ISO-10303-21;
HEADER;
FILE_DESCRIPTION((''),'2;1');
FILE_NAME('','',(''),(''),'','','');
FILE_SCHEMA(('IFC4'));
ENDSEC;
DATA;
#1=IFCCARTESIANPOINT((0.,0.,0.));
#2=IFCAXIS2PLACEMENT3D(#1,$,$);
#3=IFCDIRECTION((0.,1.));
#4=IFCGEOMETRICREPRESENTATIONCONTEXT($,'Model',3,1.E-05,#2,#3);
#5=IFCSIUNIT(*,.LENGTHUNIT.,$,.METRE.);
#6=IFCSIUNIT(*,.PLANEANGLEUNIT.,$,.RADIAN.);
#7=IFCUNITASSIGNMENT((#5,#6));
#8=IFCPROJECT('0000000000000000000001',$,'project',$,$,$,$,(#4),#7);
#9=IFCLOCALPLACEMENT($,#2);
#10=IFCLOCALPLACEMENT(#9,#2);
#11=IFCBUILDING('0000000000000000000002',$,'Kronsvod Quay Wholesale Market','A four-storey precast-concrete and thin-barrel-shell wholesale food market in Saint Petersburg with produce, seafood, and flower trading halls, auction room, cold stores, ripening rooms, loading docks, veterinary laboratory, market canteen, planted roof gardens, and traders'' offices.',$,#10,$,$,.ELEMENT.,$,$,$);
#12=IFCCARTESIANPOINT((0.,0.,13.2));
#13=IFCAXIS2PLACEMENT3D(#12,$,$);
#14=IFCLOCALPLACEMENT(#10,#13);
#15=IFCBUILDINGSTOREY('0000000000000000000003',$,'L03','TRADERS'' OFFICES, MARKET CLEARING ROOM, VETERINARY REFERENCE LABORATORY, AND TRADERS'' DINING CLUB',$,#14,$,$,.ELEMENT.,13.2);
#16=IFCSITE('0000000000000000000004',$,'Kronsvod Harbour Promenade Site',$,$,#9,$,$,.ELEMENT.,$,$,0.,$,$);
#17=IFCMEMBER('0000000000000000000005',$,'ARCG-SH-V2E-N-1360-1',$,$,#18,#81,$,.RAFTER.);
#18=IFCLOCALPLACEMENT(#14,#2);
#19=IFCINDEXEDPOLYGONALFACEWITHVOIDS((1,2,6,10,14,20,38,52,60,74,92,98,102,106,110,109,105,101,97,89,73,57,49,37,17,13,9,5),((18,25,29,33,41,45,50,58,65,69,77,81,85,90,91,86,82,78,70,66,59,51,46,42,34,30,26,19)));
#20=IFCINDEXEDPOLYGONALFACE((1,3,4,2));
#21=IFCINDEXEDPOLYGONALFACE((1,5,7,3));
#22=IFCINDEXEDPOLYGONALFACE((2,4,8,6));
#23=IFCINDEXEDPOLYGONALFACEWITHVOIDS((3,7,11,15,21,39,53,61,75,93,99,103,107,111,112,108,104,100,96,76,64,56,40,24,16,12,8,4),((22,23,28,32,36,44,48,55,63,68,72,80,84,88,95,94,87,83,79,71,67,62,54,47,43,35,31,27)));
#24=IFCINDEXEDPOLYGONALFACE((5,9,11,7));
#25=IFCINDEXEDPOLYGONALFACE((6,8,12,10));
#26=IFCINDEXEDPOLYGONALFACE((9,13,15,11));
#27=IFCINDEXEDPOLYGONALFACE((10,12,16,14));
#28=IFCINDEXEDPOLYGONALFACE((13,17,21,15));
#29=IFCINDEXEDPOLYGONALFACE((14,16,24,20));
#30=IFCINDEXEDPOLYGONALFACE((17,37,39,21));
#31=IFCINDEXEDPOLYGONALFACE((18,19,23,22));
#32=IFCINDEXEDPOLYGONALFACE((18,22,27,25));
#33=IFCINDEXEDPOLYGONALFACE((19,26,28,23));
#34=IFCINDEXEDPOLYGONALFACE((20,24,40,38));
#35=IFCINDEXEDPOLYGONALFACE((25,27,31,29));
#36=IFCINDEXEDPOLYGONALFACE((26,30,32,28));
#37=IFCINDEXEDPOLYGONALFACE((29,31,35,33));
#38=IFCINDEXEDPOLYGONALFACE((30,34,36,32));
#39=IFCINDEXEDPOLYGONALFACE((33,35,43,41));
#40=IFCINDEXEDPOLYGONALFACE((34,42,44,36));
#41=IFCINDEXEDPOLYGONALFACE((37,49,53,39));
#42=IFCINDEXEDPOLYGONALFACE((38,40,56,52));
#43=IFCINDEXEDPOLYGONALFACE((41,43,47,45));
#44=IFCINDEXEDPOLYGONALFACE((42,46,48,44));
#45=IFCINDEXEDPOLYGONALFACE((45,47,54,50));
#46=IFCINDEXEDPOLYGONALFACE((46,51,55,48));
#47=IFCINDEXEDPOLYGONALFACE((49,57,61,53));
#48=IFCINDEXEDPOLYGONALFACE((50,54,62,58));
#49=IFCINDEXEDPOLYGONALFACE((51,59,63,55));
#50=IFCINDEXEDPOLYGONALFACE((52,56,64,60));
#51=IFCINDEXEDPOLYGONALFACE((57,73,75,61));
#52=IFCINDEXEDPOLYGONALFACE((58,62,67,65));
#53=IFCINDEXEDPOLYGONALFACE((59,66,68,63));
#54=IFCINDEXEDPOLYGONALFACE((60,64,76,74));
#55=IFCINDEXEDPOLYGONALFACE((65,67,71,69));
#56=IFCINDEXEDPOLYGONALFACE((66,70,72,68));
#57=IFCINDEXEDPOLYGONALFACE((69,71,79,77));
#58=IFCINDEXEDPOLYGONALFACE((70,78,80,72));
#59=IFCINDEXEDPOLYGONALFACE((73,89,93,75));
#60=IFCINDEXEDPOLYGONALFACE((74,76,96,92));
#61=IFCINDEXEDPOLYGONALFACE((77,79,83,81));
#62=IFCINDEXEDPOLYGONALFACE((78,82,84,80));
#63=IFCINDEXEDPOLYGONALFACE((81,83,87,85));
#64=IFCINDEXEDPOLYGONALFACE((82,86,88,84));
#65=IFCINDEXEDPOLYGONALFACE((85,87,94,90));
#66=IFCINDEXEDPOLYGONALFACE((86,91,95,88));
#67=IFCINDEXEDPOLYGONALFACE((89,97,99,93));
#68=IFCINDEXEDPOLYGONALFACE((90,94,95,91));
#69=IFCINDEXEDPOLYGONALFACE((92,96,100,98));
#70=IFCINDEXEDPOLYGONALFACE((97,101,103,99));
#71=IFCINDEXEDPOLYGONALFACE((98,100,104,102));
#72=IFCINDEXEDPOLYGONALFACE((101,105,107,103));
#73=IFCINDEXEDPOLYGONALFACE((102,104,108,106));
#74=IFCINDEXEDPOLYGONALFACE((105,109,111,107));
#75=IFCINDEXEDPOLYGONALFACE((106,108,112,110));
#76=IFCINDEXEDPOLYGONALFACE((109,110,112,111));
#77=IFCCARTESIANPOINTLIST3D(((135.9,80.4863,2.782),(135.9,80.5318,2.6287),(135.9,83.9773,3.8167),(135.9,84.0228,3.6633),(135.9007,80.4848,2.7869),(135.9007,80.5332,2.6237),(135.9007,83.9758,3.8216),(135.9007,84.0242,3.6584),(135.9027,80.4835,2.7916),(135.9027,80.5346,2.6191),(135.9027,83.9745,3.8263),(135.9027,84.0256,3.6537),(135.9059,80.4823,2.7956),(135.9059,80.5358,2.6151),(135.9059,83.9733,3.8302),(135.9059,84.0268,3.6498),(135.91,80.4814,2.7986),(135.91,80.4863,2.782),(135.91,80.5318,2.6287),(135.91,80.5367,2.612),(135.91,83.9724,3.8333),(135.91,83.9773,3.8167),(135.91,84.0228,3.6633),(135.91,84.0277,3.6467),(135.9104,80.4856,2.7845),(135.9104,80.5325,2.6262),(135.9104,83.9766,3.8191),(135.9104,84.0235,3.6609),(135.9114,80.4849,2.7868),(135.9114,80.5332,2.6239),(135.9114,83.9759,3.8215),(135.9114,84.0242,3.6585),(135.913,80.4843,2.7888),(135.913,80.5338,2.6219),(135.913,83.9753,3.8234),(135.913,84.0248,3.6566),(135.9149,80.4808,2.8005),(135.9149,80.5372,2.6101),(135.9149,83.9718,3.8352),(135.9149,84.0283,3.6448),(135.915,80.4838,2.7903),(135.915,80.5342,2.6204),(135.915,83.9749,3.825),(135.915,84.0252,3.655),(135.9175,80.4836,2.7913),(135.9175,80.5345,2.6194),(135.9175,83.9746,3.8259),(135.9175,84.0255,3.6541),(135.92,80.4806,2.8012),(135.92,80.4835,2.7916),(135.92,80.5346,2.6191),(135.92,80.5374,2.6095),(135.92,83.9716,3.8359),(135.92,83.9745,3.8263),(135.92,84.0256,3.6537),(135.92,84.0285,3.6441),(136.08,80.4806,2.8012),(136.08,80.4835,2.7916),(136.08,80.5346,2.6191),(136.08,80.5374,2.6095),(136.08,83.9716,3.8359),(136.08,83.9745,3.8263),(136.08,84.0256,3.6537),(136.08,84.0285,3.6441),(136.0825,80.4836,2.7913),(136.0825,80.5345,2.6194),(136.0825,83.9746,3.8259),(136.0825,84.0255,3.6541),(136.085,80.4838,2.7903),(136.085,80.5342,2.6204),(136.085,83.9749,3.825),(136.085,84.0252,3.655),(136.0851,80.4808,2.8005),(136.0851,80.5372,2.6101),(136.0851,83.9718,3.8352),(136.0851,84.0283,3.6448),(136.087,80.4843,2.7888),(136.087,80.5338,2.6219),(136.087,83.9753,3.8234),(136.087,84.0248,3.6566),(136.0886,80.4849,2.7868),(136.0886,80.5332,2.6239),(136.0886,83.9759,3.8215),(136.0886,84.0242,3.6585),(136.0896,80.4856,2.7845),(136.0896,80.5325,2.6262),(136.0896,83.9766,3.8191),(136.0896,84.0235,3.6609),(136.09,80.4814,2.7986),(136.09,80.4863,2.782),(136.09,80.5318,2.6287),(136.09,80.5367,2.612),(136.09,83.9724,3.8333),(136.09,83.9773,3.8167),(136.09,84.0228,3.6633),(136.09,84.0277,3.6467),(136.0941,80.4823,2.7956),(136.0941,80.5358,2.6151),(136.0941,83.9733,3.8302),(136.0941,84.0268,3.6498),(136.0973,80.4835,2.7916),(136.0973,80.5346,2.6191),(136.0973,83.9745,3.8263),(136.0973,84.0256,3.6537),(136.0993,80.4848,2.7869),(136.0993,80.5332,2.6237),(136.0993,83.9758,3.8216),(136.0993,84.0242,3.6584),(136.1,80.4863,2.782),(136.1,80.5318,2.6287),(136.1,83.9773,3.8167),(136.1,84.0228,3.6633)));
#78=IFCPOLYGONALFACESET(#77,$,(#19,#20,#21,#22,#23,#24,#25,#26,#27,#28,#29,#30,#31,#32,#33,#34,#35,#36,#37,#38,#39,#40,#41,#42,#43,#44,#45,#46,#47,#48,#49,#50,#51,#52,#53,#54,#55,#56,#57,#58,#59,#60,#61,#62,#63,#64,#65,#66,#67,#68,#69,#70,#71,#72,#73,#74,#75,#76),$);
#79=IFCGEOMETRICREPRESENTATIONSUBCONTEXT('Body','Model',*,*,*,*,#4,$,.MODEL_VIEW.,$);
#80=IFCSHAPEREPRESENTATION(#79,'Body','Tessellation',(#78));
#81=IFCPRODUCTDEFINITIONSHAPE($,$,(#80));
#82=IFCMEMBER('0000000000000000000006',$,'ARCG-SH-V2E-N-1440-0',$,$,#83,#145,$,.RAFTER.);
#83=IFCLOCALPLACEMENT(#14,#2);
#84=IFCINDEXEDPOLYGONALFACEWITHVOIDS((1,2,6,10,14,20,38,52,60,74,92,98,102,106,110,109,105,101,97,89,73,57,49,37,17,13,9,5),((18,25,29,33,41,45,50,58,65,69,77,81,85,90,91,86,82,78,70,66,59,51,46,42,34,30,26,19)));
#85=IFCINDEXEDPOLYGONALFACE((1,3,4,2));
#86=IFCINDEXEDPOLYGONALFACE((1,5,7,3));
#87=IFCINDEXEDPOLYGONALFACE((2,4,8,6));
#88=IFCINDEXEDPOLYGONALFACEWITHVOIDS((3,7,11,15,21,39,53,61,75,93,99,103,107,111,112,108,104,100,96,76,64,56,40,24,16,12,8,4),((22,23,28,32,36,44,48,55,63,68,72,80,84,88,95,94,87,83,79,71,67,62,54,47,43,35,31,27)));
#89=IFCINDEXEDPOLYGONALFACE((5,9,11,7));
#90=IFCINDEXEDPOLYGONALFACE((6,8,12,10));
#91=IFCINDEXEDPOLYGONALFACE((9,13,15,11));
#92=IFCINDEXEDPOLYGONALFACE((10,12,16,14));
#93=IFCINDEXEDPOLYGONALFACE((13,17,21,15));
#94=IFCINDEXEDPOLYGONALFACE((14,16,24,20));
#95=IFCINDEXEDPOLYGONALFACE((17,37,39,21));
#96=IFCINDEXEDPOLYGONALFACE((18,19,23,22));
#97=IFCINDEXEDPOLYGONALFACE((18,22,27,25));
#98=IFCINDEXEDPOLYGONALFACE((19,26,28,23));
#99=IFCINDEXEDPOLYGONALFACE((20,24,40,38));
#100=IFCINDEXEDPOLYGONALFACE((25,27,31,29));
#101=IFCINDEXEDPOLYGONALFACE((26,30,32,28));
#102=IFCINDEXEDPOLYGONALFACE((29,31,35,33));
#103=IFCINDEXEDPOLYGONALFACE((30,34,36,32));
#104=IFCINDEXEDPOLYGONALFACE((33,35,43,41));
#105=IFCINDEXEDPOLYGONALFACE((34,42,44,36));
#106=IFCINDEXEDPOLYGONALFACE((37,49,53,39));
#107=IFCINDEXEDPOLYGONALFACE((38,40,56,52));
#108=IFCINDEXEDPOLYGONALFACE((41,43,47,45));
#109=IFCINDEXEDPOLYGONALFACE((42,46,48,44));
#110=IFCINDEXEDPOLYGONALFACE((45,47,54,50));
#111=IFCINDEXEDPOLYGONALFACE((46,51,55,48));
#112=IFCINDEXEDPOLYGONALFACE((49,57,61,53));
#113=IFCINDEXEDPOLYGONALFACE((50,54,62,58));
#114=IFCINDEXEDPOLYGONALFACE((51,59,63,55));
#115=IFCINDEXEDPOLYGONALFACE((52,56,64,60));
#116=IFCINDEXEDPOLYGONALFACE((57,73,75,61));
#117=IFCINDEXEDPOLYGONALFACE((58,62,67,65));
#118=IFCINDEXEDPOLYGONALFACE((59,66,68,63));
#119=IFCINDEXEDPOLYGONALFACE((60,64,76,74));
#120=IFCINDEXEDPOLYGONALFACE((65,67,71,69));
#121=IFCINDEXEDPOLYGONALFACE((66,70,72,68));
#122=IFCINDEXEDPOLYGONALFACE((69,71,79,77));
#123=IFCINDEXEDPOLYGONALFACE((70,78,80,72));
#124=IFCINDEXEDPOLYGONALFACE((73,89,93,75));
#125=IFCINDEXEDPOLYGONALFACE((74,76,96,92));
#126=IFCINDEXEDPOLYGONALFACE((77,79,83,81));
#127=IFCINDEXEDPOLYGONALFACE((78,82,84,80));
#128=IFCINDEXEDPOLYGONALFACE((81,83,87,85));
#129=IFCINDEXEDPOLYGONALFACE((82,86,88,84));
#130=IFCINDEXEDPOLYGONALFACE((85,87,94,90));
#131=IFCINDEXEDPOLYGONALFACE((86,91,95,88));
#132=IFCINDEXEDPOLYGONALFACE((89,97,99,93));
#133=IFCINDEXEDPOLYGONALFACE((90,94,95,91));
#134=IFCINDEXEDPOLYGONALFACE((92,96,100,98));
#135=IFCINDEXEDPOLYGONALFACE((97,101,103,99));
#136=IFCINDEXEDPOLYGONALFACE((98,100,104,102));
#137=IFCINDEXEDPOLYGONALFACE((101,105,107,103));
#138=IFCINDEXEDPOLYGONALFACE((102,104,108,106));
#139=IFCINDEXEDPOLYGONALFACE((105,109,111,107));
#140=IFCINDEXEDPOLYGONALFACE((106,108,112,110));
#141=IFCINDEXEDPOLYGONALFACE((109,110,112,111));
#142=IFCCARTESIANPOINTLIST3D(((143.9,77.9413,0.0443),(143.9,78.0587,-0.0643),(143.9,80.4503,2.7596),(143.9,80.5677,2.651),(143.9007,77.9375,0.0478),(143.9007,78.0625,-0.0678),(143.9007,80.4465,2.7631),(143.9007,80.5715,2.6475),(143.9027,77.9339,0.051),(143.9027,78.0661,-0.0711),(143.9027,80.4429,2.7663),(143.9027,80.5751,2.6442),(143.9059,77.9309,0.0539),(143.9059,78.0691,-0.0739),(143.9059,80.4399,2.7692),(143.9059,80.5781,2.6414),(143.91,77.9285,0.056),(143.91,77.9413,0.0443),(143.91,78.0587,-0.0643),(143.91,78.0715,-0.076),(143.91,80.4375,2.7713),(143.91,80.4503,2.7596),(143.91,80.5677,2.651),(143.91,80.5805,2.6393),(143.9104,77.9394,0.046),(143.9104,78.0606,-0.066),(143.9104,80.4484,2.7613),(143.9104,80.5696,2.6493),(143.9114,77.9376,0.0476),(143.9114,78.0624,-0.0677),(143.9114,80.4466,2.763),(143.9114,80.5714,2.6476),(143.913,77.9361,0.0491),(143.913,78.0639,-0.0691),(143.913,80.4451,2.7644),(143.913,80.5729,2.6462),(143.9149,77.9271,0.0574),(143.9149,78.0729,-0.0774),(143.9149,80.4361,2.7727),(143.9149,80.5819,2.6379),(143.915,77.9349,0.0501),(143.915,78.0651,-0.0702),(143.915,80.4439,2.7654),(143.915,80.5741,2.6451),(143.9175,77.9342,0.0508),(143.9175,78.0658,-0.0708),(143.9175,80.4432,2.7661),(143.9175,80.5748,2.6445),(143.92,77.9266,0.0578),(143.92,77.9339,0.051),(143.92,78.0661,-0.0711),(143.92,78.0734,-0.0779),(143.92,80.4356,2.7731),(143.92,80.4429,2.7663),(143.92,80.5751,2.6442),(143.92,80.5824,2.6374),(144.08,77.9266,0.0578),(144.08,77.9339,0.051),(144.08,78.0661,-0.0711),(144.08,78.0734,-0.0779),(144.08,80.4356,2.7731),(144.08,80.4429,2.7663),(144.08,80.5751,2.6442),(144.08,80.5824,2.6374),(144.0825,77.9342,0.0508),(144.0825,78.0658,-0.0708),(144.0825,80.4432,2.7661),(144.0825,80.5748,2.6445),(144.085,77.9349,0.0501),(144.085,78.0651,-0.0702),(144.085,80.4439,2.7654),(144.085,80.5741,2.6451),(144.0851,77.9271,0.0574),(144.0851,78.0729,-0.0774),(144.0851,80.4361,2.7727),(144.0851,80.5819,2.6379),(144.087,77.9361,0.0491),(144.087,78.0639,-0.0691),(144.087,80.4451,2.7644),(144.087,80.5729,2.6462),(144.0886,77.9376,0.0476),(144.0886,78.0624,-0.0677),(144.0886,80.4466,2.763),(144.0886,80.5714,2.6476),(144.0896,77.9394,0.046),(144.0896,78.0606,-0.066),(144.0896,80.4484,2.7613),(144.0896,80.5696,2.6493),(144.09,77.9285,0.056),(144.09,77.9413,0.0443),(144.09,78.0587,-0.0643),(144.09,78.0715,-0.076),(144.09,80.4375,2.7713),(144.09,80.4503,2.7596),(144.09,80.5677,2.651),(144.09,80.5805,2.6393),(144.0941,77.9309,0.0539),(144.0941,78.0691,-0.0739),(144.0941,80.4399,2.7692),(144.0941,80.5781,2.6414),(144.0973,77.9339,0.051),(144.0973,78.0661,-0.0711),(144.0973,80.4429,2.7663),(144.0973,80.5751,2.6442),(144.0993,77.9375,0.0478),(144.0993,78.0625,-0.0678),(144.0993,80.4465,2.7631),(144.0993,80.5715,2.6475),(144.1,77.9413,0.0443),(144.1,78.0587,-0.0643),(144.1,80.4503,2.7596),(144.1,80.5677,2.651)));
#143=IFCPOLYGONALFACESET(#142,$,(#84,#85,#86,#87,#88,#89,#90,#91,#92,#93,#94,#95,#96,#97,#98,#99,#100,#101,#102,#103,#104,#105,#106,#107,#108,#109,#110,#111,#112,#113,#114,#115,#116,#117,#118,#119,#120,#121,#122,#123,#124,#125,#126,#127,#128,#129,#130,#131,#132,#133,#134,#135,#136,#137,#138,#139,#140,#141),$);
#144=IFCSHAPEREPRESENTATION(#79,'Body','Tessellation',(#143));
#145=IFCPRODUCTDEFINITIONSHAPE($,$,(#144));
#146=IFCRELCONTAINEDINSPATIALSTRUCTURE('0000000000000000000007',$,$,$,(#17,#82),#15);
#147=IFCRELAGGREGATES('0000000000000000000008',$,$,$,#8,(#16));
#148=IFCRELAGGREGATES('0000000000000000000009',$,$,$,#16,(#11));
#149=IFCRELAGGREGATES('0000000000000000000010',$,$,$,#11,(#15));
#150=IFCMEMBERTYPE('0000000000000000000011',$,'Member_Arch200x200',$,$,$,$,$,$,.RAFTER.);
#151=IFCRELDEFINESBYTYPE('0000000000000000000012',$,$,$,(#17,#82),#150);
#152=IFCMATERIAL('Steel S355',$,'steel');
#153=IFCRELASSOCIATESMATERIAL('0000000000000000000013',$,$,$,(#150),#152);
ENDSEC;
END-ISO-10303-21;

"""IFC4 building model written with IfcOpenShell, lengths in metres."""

from ifc_helpers import new_model, si_unit, direction, frame, origin, origin_2d, place, context, subcontext, project, spatial, hollow_rectangle, extrude, material, material_profile, profile_set, type_object, element, save


model = new_model("IFC4")

# Units and contexts
model_context = context("Model", 3, precision=1e-05, world=origin(), true_north=direction((0.0, 1.0)))
body_context = subcontext(model_context, "Body", "Model", "MODEL_VIEW")
ifc_project = project(units=[si_unit("LENGTHUNIT", "METRE"), si_unit("PLANEANGLEUNIT", "RADIAN")], contexts=[model_context])

# Site, building, storey
site_placement = place(None, origin())
site = spatial("IfcSite", under=ifc_project, at=site_placement, Name="Kronsvod Harbour Promenade Site", CompositionType="ELEMENT", RefElevation=0.0)
building_placement = place(site_placement, origin())
building = spatial("IfcBuilding", under=site, at=building_placement, Name="Kronsvod Quay Wholesale Market", Description="A four-storey precast-concrete and thin-barrel-shell wholesale food market in Saint Petersburg with produce, seafood, and flower trading halls, auction room, cold stores, ripening rooms, loading docks, veterinary laboratory, market canteen, planted roof gardens, and traders' offices.", CompositionType="ELEMENT")
storey_placement = place(building_placement, frame((0.0, 0.0, 13.2)))
storey = spatial("IfcBuildingStorey", under=building, at=storey_placement, Name="L03", Description="TRADERS' OFFICES, MARKET CLEARING ROOM, VETERINARY REFERENCE LABORATORY, AND TRADERS' DINING CLUB", CompositionType="ELEMENT", Elevation=13.2)

# Members
ifc_material_1 = material(Name="Steel S355", Category="steel")
ifc_material_profile_1 = material_profile(ifc_material_1, hollow_rectangle(XDim=0.2, YDim=0.2, WallThickness=0.01, InnerFilletRadius=0.01, OuterFilletRadius=0.02, at=origin_2d()), Name="RHS200x200x10")
ifc_profile_set_1 = profile_set([ifc_material_profile_1], Name="Steel S355")
member_type_1 = type_object("IfcMemberType", Name="Member_Arch200x200", PredefinedType="RAFTER", material=ifc_profile_set_1)
member_1_placement = place(storey_placement, frame((136.0, 80.509, 2.7053), z_axis=(0.0, 0.958775, 0.284166), x_axis=(-1.0, 0.0, 0.0)))
element("IfcMember", 1, at=member_1_placement, inside=storey, type_object=member_type_1, Name="ARCG-SH-V2E-N-1360-1", PredefinedType="RAFTER", context=body_context, shape_type="SweptSolid", body=[
    extrude(hollow_rectangle(XDim=0.2, YDim=0.2, WallThickness=0.01, InnerFilletRadius=0.01, OuterFilletRadius=0.02, at=origin_2d()), origin(), (0.0, 0.0, 1.0), 3.6411),
])
member_2_placement = place(storey_placement, frame((144.0, 78.0, -0.01), z_axis=(0.0, 0.678656, 0.734456), x_axis=(-1.0, 0.0, 0.0)))
element("IfcMember", 2, at=member_2_placement, inside=storey, type_object=member_type_1, Name="ARCG-SH-V2E-N-1440-0", PredefinedType="RAFTER", context=body_context, shape_type="SweptSolid", body=[
    extrude(hollow_rectangle(XDim=0.2, YDim=0.2, WallThickness=0.01, InnerFilletRadius=0.01, OuterFilletRadius=0.02, at=origin_2d()), origin(), (0.0, 0.0, 1.0), 3.697),
])

save(model, "model.ifc")
